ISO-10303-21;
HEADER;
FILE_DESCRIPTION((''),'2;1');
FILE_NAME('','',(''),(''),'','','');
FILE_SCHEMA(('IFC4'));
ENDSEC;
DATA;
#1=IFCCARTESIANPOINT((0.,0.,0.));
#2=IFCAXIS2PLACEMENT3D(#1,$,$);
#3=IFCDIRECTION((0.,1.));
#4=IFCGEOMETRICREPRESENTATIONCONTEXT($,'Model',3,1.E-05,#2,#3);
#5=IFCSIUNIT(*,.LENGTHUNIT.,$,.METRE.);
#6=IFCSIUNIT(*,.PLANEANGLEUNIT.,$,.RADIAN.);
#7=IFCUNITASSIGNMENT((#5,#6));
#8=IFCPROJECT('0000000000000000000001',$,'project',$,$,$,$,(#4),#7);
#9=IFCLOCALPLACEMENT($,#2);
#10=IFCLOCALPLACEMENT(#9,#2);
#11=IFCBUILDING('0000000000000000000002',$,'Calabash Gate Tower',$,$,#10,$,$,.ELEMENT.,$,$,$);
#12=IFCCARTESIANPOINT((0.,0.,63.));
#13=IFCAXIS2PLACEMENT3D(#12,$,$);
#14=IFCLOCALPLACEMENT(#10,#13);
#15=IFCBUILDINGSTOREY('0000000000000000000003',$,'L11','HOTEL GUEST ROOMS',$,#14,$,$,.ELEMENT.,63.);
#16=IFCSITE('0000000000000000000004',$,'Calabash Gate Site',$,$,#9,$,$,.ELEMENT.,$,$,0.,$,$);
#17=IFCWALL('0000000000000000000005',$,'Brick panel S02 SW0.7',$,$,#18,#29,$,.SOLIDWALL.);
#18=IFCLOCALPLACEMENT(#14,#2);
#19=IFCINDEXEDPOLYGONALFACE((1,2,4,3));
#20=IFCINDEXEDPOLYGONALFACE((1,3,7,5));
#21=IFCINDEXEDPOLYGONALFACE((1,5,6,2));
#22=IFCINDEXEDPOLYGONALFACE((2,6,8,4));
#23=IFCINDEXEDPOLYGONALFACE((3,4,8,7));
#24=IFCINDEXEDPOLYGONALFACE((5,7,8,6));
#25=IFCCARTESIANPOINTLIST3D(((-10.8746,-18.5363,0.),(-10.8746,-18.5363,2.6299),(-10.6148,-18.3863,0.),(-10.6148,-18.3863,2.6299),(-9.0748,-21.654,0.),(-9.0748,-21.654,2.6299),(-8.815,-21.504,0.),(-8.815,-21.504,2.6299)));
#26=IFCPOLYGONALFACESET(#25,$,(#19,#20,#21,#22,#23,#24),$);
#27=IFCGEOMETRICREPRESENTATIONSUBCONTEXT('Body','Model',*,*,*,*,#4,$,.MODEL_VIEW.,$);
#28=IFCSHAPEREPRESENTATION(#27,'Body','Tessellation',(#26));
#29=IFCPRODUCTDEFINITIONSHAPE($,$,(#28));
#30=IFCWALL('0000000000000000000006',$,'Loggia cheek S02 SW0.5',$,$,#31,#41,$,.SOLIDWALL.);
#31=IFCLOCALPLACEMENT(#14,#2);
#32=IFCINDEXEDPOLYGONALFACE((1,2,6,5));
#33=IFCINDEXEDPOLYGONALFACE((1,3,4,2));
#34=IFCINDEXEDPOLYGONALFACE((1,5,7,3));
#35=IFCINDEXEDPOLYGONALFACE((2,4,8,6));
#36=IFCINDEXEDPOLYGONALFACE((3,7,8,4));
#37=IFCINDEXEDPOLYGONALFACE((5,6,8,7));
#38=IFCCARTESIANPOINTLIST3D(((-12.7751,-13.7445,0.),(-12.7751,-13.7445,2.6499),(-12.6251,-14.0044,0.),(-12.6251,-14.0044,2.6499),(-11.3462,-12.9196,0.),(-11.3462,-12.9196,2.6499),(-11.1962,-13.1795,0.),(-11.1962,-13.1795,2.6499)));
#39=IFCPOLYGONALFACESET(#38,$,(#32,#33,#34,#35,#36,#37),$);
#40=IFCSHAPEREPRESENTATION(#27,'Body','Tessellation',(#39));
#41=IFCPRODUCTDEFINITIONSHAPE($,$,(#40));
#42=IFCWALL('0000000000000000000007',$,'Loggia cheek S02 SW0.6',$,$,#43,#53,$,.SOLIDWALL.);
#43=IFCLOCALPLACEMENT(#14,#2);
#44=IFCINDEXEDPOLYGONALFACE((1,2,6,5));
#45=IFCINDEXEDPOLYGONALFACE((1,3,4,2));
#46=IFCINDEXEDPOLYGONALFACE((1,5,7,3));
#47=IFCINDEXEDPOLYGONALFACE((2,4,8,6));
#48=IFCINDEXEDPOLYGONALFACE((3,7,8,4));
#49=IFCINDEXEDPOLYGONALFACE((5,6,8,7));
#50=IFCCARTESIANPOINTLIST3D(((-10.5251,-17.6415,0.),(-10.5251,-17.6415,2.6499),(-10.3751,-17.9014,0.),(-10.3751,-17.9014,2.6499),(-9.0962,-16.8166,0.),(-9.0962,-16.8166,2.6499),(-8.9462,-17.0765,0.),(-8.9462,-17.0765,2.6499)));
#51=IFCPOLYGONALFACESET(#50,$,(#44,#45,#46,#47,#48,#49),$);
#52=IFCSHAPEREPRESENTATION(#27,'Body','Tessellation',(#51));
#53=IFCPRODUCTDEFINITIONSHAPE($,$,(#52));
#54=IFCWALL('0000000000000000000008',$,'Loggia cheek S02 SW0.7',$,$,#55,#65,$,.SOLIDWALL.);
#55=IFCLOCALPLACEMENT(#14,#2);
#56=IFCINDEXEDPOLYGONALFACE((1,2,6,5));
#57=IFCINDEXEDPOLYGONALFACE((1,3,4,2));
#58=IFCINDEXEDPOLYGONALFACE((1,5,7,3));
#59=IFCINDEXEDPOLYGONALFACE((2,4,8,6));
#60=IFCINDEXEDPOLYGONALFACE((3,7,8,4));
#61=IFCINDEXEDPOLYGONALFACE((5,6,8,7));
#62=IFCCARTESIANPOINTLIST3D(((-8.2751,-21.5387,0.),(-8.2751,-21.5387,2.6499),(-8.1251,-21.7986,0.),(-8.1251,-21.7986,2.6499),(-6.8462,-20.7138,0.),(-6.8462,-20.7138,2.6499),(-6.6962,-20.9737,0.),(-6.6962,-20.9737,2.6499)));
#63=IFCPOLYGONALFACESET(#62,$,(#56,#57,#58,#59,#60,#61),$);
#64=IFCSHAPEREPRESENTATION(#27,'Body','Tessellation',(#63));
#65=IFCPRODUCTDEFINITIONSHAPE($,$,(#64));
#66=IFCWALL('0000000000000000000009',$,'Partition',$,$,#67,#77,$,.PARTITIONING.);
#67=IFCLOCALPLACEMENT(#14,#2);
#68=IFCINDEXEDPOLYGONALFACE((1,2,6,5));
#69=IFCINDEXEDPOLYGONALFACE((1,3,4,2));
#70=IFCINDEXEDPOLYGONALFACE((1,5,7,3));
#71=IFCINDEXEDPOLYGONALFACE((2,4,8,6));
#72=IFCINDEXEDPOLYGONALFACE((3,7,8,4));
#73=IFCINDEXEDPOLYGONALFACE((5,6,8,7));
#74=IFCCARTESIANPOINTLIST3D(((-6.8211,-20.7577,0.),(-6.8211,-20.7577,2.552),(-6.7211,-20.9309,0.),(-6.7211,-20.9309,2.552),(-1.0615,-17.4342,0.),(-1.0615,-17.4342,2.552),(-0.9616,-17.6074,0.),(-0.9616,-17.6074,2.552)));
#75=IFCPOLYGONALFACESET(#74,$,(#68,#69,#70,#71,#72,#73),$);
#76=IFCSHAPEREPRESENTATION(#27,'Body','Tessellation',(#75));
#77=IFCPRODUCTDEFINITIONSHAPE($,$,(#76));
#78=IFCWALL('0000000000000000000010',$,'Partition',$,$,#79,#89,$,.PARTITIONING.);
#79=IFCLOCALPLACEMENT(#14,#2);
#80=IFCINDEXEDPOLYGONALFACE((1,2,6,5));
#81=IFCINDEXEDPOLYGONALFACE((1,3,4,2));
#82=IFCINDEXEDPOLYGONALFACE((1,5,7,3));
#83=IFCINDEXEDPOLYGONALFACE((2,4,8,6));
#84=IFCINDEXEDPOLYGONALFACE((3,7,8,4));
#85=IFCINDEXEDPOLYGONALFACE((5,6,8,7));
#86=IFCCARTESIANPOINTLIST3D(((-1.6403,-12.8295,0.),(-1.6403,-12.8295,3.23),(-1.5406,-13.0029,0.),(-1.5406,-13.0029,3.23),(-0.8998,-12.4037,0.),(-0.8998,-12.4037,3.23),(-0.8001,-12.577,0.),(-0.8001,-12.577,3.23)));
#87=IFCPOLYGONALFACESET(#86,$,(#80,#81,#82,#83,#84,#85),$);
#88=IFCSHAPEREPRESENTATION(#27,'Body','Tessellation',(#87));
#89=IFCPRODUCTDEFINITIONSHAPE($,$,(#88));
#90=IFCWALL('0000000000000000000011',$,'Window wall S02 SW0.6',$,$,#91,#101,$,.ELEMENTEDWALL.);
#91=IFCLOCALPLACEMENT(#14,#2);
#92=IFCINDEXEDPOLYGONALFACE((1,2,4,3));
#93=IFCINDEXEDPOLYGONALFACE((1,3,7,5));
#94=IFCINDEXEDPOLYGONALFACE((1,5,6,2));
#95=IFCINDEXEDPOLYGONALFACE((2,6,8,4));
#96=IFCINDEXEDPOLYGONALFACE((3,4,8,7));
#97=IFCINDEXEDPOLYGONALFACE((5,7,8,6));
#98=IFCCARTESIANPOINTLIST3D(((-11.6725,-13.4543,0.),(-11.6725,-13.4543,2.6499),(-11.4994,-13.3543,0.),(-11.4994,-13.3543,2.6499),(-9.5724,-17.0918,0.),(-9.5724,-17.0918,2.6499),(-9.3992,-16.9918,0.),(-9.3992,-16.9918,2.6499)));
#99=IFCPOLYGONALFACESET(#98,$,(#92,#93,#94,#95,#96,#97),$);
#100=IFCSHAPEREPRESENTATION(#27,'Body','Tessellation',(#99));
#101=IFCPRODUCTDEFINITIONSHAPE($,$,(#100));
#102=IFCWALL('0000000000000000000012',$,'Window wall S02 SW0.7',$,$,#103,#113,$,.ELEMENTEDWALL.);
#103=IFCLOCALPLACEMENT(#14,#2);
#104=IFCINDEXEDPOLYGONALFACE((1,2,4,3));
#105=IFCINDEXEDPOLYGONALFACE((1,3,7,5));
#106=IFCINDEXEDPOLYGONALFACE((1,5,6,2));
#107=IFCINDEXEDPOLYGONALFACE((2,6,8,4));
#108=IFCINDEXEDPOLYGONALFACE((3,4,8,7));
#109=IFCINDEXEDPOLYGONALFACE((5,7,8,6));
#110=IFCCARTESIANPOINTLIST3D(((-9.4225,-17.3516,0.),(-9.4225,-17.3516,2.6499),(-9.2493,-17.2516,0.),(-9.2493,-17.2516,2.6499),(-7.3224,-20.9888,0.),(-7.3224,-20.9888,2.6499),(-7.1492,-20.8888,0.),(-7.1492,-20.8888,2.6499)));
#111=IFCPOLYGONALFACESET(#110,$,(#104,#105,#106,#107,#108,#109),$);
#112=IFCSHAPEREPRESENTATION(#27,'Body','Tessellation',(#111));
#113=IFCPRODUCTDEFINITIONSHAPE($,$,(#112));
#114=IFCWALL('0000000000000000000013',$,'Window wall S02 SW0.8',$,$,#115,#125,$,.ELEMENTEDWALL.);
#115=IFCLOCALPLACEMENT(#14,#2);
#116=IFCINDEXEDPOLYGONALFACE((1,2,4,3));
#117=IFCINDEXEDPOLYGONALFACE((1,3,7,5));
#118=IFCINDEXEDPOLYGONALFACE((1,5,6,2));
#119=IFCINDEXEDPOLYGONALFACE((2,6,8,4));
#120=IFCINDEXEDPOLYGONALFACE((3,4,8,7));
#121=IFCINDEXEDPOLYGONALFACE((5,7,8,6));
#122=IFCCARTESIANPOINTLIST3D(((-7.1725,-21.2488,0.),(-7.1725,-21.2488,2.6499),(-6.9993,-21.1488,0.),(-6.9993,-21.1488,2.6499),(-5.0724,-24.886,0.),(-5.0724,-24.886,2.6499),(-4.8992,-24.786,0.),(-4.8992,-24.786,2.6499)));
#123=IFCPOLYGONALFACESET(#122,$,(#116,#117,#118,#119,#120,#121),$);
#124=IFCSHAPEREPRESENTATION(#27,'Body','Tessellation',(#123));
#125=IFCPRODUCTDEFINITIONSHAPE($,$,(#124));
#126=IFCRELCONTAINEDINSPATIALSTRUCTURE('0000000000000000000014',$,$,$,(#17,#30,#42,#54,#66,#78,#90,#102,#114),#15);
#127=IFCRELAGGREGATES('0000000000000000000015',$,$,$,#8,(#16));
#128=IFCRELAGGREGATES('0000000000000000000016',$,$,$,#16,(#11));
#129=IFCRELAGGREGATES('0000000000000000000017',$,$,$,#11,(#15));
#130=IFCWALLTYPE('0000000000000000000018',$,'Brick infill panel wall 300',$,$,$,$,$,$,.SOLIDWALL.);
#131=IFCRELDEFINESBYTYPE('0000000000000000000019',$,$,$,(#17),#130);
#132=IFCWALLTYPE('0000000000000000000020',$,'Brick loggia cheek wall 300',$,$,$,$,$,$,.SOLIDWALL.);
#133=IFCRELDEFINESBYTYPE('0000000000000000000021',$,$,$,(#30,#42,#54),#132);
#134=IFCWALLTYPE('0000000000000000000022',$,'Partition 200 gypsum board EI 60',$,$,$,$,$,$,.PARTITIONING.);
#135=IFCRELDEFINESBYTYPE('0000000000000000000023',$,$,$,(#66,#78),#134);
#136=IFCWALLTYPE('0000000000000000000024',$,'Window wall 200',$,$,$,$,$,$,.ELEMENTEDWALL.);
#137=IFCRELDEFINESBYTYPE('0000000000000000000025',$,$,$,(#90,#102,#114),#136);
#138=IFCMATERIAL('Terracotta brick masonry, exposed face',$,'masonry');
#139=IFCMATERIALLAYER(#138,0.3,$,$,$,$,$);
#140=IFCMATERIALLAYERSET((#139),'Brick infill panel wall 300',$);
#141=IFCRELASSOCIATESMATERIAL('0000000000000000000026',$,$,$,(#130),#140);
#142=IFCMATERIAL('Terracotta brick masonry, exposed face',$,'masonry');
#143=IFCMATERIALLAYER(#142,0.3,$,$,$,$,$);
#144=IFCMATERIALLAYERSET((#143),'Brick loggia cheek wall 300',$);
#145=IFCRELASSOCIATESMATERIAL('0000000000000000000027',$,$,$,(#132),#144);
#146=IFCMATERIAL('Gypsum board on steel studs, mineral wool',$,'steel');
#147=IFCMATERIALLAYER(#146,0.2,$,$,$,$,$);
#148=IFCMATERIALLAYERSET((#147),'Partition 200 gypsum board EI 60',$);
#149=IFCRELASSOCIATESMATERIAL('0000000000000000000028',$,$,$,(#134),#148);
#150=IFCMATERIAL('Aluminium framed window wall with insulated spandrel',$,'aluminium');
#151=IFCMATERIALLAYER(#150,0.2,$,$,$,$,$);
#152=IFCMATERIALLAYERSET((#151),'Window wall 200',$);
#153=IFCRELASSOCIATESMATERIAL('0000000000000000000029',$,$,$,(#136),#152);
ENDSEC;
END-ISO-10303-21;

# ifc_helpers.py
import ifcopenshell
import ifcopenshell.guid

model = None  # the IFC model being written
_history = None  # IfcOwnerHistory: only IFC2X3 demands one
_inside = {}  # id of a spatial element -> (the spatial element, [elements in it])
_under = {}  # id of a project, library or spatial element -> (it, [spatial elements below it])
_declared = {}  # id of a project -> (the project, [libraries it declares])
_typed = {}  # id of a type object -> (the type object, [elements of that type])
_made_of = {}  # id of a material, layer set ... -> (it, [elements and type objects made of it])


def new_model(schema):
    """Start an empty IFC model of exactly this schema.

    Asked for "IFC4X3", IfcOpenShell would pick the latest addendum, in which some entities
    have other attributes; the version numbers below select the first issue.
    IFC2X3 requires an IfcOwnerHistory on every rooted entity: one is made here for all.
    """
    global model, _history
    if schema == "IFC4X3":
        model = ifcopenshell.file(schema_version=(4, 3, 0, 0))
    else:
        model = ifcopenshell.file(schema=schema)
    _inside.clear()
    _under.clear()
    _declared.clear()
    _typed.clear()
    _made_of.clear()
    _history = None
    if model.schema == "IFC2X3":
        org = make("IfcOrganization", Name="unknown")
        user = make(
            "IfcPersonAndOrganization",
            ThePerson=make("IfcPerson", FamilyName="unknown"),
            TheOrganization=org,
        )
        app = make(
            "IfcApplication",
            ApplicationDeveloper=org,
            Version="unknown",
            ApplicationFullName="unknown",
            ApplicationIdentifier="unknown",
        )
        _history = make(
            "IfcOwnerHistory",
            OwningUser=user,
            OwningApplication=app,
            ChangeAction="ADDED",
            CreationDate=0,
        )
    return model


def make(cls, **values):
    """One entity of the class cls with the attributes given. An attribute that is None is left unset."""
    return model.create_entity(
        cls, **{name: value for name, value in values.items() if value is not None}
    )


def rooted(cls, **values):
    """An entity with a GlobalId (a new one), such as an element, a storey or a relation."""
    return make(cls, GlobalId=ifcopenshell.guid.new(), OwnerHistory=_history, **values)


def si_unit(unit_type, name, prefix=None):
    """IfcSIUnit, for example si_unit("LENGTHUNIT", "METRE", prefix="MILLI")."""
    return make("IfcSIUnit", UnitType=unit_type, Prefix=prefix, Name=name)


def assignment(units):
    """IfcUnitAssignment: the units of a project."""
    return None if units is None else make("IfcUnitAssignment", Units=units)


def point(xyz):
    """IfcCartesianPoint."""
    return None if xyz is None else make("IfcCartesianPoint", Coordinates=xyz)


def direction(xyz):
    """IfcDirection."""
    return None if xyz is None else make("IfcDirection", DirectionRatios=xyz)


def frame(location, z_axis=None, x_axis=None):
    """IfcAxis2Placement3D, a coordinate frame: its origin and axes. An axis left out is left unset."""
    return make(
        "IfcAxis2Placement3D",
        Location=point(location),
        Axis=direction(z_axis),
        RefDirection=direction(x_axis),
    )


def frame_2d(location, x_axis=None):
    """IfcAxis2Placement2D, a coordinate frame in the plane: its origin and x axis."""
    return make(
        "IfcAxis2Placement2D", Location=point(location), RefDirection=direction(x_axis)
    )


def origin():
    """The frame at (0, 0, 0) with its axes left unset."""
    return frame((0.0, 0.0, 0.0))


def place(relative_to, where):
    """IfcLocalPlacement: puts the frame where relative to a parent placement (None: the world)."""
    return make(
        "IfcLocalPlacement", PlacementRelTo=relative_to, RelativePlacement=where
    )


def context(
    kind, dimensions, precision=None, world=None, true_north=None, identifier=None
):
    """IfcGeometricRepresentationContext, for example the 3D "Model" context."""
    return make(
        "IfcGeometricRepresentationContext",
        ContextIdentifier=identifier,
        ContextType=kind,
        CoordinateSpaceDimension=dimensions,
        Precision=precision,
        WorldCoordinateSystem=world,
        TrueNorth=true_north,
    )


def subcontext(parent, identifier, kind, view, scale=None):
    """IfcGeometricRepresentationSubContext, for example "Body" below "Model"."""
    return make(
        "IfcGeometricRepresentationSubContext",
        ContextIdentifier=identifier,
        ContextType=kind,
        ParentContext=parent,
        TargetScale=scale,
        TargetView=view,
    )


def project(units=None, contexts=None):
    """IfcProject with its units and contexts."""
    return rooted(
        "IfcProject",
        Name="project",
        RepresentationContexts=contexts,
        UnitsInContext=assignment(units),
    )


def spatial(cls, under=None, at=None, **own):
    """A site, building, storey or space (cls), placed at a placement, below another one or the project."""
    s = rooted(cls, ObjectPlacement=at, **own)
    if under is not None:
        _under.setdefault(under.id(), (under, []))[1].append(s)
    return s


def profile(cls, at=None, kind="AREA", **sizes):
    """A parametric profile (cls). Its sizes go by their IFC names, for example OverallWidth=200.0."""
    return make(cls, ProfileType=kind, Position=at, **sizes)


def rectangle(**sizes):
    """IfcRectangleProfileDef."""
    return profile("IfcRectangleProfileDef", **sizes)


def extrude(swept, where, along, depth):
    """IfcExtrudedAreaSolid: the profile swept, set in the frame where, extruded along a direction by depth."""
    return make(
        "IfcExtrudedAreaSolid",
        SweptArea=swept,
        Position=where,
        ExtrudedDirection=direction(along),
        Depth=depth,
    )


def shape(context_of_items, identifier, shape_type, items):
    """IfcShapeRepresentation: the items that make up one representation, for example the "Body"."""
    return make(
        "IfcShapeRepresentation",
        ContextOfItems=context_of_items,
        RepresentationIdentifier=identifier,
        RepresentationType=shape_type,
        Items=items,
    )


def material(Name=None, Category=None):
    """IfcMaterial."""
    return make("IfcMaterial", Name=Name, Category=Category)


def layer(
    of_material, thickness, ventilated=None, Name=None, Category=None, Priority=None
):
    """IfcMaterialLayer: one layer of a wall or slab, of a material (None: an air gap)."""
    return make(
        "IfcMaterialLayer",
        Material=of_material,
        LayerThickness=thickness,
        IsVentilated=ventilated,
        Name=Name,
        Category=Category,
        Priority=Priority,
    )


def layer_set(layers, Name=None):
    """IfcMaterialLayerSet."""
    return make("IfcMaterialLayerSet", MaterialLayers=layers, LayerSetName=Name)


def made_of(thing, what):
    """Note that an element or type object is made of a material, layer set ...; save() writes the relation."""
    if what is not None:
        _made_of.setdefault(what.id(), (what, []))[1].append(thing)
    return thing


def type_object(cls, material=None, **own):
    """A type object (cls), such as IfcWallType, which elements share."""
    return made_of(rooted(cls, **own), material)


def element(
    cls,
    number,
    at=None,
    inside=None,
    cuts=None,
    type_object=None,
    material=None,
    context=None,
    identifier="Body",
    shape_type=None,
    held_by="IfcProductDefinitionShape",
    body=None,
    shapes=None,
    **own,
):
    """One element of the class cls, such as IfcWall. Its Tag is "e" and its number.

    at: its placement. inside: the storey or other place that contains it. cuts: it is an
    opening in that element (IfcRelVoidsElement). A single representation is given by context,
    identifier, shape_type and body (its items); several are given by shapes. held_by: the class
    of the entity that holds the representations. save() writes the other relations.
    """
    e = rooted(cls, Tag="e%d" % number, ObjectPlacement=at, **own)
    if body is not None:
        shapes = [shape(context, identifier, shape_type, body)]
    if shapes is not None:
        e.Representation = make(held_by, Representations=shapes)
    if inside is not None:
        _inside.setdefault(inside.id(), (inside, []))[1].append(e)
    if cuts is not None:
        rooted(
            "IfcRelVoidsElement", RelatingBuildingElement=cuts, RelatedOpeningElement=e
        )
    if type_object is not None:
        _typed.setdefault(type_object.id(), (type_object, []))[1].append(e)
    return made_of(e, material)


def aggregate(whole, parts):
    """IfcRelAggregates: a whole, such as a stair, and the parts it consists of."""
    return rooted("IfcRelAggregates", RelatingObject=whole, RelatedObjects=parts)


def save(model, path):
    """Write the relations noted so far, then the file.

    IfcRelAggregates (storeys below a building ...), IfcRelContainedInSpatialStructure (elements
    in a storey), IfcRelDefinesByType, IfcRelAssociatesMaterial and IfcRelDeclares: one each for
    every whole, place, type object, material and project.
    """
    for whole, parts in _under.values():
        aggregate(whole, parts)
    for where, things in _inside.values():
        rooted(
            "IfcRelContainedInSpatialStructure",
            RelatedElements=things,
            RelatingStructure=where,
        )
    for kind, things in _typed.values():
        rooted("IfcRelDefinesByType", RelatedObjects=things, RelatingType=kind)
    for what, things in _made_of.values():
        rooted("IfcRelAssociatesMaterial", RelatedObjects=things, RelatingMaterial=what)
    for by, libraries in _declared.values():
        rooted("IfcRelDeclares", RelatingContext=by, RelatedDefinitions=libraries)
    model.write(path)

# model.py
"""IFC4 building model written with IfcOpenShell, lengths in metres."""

from ifc_helpers import new_model, si_unit, direction, frame, frame_2d, origin, place, context, subcontext, project, spatial, rectangle, extrude, material, layer, layer_set, type_object, element, save


model = new_model("IFC4")

# Units and contexts
model_context = context("Model", 3, precision=1e-05, world=origin(), true_north=direction((0.0, 1.0)))
body_context = subcontext(model_context, "Body", "Model", "MODEL_VIEW")
ifc_project = project(units=[si_unit("LENGTHUNIT", "METRE"), si_unit("PLANEANGLEUNIT", "RADIAN")], contexts=[model_context])

# Site, building, storey
site_placement = place(None, origin())
site = spatial("IfcSite", under=ifc_project, at=site_placement, Name="Calabash Gate Site", CompositionType="ELEMENT", RefElevation=0.0)
building_placement = place(site_placement, origin())
building = spatial("IfcBuilding", under=site, at=building_placement, Name="Calabash Gate Tower", CompositionType="ELEMENT")
storey_placement = place(building_placement, frame((0.0, 0.0, 63.0)))
storey = spatial("IfcBuildingStorey", under=building, at=storey_placement, Name="L11", Description="HOTEL GUEST ROOMS", CompositionType="ELEMENT", Elevation=63.0)

# Walls
ifc_material_1 = material(Name="Terracotta brick masonry, exposed face", Category="masonry")
ifc_layer_1 = layer(ifc_material_1, 0.3)
ifc_layer_set_1 = layer_set([ifc_layer_1], Name="Brick infill panel wall 300")
wall_type_1 = type_object("IfcWallType", Name="Brick infill panel wall 300", PredefinedType="SOLIDWALL", material=ifc_layer_set_1)
for number, where, z_axis, x_axis, name in (
    (1, (-10.7446, -18.4614, 0.0), (0.0, 0.0, 1.0), (0.499961, -0.866048, 0.0), "Brick panel S02 SW0.7"),
):
    element("IfcWall", number, at=place(storey_placement, frame(where, z_axis=z_axis, x_axis=x_axis)), inside=storey, type_object=wall_type_1, Name=name, PredefinedType="SOLIDWALL", context=body_context, shape_type="SweptSolid", body=[
        extrude(rectangle(XDim=3.5999, YDim=0.3, at=frame_2d((1.7998, 0.0))), origin(), (0.0, 0.0, 1.0), 2.6299),
    ])
ifc_material_2 = material(Name="Terracotta brick masonry, exposed face", Category="masonry")
ifc_layer_2 = layer(ifc_material_2, 0.3)
ifc_layer_set_2 = layer_set([ifc_layer_2], Name="Brick loggia cheek wall 300")
wall_type_2 = type_object("IfcWallType", Name="Brick loggia cheek wall 300", PredefinedType="SOLIDWALL", material=ifc_layer_set_2)
for number, where, z_axis, x_axis, name in (
    (2, (-11.2712, -13.0496, 0.0), (0.0, 0.0, 1.0), (-0.86604, -0.499974, 0.0), "Loggia cheek S02 SW0.5"),
    (3, (-9.0212, -16.9465, 0.0), (0.0, 0.0, 1.0), (-0.86604, -0.499974, 0.0), "Loggia cheek S02 SW0.6"),
    (4, (-6.7712, -20.8438, 0.0), (0.0, 0.0, 1.0), (-0.86604, -0.499974, 0.0), "Loggia cheek S02 SW0.7"),
):
    element("IfcWall", number, at=place(storey_placement, frame(where, z_axis=z_axis, x_axis=x_axis)), inside=storey, type_object=wall_type_2, Name=name, PredefinedType="SOLIDWALL", context=body_context, shape_type="SweptSolid", body=[
        extrude(rectangle(XDim=1.6499, YDim=0.3, at=frame_2d((0.825, 0.0))), origin(), (0.0, 0.0, 1.0), 2.6499),
    ])
ifc_material_3 = material(Name="Gypsum board on steel studs, mineral wool", Category="steel")
ifc_layer_3 = layer(ifc_material_3, 0.2)
ifc_layer_set_3 = layer_set([ifc_layer_3], Name="Partition 200 gypsum board EI 60")
wall_type_3 = type_object("IfcWallType", Name="Partition 200 gypsum board EI 60", PredefinedType="PARTITIONING", material=ifc_layer_set_3)
wall_1_placement = place(storey_placement, frame((-6.771, -20.8442, 0.0), z_axis=(0.0, 0.0, 1.0), x_axis=(0.866141, 0.4998, 0.0)))
element("IfcWall", 5, at=wall_1_placement, inside=storey, type_object=wall_type_3, Name="Partition", PredefinedType="PARTITIONING", context=body_context, shape_type="SweptSolid", body=[
    extrude(rectangle(XDim=6.6497, YDim=0.2, at=frame_2d((3.3247, 0.0))), origin(), (0.0, 0.0, 1.0), 2.552),
])
wall_2_placement = place(storey_placement, frame((-1.5906, -12.9163, 0.0), z_axis=(0.0, 0.0, 1.0), x_axis=(0.866903, 0.498476, 0.0)))
element("IfcWall", 6, at=wall_2_placement, inside=storey, type_object=wall_type_3, Name="Partition", PredefinedType="PARTITIONING", context=body_context, shape_type="SweptSolid", body=[
    extrude(rectangle(XDim=0.8542, YDim=0.2, at=frame_2d((0.4272, 0.0))), origin(), (0.0, 0.0, 1.0), 3.23),
])
ifc_material_4 = material(Name="Aluminium framed window wall with insulated spandrel", Category="aluminium")
ifc_layer_4 = layer(ifc_material_4, 0.2)
ifc_layer_set_4 = layer_set([ifc_layer_4], Name="Window wall 200")
wall_type_4 = type_object("IfcWallType", Name="Window wall 200", PredefinedType="ELEMENTEDWALL", material=ifc_layer_set_4)
wall_3_placement = place(storey_placement, frame((-11.5859, -13.4043, 0.0), z_axis=(0.0, 0.0, 1.0), x_axis=(0.500003, -0.866024, 0.0)))
element("IfcWall", 7, at=wall_3_placement, inside=storey, type_object=wall_type_4, Name="Window wall S02 SW0.6", PredefinedType="ELEMENTEDWALL", context=body_context, shape_type="SweptSolid", body=[
    extrude(rectangle(XDim=4.2002, YDim=0.2, at=frame_2d((2.1001, 0.0))), origin(), (0.0, 0.0, 1.0), 2.6499),
])
for number, where, z_axis, x_axis, name in (
    (8, (-9.3359, -17.3015, 0.0), (0.0, 0.0, 1.0), (0.500028, -0.866009, 0.0), "Window wall S02 SW0.7"),
    (9, (-7.0859, -21.1987, 0.0), (0.0, 0.0, 1.0), (0.500028, -0.866009, 0.0), "Window wall S02 SW0.8"),
):
    element("IfcWall", number, at=place(storey_placement, frame(where, z_axis=z_axis, x_axis=x_axis)), inside=storey, type_object=wall_type_4, Name=name, PredefinedType="ELEMENTEDWALL", context=body_context, shape_type="SweptSolid", body=[
        extrude(rectangle(XDim=4.2, YDim=0.2, at=frame_2d((2.1001, 0.0))), origin(), (0.0, 0.0, 1.0), 2.6499),
    ])

save(model, "model.ifc")
